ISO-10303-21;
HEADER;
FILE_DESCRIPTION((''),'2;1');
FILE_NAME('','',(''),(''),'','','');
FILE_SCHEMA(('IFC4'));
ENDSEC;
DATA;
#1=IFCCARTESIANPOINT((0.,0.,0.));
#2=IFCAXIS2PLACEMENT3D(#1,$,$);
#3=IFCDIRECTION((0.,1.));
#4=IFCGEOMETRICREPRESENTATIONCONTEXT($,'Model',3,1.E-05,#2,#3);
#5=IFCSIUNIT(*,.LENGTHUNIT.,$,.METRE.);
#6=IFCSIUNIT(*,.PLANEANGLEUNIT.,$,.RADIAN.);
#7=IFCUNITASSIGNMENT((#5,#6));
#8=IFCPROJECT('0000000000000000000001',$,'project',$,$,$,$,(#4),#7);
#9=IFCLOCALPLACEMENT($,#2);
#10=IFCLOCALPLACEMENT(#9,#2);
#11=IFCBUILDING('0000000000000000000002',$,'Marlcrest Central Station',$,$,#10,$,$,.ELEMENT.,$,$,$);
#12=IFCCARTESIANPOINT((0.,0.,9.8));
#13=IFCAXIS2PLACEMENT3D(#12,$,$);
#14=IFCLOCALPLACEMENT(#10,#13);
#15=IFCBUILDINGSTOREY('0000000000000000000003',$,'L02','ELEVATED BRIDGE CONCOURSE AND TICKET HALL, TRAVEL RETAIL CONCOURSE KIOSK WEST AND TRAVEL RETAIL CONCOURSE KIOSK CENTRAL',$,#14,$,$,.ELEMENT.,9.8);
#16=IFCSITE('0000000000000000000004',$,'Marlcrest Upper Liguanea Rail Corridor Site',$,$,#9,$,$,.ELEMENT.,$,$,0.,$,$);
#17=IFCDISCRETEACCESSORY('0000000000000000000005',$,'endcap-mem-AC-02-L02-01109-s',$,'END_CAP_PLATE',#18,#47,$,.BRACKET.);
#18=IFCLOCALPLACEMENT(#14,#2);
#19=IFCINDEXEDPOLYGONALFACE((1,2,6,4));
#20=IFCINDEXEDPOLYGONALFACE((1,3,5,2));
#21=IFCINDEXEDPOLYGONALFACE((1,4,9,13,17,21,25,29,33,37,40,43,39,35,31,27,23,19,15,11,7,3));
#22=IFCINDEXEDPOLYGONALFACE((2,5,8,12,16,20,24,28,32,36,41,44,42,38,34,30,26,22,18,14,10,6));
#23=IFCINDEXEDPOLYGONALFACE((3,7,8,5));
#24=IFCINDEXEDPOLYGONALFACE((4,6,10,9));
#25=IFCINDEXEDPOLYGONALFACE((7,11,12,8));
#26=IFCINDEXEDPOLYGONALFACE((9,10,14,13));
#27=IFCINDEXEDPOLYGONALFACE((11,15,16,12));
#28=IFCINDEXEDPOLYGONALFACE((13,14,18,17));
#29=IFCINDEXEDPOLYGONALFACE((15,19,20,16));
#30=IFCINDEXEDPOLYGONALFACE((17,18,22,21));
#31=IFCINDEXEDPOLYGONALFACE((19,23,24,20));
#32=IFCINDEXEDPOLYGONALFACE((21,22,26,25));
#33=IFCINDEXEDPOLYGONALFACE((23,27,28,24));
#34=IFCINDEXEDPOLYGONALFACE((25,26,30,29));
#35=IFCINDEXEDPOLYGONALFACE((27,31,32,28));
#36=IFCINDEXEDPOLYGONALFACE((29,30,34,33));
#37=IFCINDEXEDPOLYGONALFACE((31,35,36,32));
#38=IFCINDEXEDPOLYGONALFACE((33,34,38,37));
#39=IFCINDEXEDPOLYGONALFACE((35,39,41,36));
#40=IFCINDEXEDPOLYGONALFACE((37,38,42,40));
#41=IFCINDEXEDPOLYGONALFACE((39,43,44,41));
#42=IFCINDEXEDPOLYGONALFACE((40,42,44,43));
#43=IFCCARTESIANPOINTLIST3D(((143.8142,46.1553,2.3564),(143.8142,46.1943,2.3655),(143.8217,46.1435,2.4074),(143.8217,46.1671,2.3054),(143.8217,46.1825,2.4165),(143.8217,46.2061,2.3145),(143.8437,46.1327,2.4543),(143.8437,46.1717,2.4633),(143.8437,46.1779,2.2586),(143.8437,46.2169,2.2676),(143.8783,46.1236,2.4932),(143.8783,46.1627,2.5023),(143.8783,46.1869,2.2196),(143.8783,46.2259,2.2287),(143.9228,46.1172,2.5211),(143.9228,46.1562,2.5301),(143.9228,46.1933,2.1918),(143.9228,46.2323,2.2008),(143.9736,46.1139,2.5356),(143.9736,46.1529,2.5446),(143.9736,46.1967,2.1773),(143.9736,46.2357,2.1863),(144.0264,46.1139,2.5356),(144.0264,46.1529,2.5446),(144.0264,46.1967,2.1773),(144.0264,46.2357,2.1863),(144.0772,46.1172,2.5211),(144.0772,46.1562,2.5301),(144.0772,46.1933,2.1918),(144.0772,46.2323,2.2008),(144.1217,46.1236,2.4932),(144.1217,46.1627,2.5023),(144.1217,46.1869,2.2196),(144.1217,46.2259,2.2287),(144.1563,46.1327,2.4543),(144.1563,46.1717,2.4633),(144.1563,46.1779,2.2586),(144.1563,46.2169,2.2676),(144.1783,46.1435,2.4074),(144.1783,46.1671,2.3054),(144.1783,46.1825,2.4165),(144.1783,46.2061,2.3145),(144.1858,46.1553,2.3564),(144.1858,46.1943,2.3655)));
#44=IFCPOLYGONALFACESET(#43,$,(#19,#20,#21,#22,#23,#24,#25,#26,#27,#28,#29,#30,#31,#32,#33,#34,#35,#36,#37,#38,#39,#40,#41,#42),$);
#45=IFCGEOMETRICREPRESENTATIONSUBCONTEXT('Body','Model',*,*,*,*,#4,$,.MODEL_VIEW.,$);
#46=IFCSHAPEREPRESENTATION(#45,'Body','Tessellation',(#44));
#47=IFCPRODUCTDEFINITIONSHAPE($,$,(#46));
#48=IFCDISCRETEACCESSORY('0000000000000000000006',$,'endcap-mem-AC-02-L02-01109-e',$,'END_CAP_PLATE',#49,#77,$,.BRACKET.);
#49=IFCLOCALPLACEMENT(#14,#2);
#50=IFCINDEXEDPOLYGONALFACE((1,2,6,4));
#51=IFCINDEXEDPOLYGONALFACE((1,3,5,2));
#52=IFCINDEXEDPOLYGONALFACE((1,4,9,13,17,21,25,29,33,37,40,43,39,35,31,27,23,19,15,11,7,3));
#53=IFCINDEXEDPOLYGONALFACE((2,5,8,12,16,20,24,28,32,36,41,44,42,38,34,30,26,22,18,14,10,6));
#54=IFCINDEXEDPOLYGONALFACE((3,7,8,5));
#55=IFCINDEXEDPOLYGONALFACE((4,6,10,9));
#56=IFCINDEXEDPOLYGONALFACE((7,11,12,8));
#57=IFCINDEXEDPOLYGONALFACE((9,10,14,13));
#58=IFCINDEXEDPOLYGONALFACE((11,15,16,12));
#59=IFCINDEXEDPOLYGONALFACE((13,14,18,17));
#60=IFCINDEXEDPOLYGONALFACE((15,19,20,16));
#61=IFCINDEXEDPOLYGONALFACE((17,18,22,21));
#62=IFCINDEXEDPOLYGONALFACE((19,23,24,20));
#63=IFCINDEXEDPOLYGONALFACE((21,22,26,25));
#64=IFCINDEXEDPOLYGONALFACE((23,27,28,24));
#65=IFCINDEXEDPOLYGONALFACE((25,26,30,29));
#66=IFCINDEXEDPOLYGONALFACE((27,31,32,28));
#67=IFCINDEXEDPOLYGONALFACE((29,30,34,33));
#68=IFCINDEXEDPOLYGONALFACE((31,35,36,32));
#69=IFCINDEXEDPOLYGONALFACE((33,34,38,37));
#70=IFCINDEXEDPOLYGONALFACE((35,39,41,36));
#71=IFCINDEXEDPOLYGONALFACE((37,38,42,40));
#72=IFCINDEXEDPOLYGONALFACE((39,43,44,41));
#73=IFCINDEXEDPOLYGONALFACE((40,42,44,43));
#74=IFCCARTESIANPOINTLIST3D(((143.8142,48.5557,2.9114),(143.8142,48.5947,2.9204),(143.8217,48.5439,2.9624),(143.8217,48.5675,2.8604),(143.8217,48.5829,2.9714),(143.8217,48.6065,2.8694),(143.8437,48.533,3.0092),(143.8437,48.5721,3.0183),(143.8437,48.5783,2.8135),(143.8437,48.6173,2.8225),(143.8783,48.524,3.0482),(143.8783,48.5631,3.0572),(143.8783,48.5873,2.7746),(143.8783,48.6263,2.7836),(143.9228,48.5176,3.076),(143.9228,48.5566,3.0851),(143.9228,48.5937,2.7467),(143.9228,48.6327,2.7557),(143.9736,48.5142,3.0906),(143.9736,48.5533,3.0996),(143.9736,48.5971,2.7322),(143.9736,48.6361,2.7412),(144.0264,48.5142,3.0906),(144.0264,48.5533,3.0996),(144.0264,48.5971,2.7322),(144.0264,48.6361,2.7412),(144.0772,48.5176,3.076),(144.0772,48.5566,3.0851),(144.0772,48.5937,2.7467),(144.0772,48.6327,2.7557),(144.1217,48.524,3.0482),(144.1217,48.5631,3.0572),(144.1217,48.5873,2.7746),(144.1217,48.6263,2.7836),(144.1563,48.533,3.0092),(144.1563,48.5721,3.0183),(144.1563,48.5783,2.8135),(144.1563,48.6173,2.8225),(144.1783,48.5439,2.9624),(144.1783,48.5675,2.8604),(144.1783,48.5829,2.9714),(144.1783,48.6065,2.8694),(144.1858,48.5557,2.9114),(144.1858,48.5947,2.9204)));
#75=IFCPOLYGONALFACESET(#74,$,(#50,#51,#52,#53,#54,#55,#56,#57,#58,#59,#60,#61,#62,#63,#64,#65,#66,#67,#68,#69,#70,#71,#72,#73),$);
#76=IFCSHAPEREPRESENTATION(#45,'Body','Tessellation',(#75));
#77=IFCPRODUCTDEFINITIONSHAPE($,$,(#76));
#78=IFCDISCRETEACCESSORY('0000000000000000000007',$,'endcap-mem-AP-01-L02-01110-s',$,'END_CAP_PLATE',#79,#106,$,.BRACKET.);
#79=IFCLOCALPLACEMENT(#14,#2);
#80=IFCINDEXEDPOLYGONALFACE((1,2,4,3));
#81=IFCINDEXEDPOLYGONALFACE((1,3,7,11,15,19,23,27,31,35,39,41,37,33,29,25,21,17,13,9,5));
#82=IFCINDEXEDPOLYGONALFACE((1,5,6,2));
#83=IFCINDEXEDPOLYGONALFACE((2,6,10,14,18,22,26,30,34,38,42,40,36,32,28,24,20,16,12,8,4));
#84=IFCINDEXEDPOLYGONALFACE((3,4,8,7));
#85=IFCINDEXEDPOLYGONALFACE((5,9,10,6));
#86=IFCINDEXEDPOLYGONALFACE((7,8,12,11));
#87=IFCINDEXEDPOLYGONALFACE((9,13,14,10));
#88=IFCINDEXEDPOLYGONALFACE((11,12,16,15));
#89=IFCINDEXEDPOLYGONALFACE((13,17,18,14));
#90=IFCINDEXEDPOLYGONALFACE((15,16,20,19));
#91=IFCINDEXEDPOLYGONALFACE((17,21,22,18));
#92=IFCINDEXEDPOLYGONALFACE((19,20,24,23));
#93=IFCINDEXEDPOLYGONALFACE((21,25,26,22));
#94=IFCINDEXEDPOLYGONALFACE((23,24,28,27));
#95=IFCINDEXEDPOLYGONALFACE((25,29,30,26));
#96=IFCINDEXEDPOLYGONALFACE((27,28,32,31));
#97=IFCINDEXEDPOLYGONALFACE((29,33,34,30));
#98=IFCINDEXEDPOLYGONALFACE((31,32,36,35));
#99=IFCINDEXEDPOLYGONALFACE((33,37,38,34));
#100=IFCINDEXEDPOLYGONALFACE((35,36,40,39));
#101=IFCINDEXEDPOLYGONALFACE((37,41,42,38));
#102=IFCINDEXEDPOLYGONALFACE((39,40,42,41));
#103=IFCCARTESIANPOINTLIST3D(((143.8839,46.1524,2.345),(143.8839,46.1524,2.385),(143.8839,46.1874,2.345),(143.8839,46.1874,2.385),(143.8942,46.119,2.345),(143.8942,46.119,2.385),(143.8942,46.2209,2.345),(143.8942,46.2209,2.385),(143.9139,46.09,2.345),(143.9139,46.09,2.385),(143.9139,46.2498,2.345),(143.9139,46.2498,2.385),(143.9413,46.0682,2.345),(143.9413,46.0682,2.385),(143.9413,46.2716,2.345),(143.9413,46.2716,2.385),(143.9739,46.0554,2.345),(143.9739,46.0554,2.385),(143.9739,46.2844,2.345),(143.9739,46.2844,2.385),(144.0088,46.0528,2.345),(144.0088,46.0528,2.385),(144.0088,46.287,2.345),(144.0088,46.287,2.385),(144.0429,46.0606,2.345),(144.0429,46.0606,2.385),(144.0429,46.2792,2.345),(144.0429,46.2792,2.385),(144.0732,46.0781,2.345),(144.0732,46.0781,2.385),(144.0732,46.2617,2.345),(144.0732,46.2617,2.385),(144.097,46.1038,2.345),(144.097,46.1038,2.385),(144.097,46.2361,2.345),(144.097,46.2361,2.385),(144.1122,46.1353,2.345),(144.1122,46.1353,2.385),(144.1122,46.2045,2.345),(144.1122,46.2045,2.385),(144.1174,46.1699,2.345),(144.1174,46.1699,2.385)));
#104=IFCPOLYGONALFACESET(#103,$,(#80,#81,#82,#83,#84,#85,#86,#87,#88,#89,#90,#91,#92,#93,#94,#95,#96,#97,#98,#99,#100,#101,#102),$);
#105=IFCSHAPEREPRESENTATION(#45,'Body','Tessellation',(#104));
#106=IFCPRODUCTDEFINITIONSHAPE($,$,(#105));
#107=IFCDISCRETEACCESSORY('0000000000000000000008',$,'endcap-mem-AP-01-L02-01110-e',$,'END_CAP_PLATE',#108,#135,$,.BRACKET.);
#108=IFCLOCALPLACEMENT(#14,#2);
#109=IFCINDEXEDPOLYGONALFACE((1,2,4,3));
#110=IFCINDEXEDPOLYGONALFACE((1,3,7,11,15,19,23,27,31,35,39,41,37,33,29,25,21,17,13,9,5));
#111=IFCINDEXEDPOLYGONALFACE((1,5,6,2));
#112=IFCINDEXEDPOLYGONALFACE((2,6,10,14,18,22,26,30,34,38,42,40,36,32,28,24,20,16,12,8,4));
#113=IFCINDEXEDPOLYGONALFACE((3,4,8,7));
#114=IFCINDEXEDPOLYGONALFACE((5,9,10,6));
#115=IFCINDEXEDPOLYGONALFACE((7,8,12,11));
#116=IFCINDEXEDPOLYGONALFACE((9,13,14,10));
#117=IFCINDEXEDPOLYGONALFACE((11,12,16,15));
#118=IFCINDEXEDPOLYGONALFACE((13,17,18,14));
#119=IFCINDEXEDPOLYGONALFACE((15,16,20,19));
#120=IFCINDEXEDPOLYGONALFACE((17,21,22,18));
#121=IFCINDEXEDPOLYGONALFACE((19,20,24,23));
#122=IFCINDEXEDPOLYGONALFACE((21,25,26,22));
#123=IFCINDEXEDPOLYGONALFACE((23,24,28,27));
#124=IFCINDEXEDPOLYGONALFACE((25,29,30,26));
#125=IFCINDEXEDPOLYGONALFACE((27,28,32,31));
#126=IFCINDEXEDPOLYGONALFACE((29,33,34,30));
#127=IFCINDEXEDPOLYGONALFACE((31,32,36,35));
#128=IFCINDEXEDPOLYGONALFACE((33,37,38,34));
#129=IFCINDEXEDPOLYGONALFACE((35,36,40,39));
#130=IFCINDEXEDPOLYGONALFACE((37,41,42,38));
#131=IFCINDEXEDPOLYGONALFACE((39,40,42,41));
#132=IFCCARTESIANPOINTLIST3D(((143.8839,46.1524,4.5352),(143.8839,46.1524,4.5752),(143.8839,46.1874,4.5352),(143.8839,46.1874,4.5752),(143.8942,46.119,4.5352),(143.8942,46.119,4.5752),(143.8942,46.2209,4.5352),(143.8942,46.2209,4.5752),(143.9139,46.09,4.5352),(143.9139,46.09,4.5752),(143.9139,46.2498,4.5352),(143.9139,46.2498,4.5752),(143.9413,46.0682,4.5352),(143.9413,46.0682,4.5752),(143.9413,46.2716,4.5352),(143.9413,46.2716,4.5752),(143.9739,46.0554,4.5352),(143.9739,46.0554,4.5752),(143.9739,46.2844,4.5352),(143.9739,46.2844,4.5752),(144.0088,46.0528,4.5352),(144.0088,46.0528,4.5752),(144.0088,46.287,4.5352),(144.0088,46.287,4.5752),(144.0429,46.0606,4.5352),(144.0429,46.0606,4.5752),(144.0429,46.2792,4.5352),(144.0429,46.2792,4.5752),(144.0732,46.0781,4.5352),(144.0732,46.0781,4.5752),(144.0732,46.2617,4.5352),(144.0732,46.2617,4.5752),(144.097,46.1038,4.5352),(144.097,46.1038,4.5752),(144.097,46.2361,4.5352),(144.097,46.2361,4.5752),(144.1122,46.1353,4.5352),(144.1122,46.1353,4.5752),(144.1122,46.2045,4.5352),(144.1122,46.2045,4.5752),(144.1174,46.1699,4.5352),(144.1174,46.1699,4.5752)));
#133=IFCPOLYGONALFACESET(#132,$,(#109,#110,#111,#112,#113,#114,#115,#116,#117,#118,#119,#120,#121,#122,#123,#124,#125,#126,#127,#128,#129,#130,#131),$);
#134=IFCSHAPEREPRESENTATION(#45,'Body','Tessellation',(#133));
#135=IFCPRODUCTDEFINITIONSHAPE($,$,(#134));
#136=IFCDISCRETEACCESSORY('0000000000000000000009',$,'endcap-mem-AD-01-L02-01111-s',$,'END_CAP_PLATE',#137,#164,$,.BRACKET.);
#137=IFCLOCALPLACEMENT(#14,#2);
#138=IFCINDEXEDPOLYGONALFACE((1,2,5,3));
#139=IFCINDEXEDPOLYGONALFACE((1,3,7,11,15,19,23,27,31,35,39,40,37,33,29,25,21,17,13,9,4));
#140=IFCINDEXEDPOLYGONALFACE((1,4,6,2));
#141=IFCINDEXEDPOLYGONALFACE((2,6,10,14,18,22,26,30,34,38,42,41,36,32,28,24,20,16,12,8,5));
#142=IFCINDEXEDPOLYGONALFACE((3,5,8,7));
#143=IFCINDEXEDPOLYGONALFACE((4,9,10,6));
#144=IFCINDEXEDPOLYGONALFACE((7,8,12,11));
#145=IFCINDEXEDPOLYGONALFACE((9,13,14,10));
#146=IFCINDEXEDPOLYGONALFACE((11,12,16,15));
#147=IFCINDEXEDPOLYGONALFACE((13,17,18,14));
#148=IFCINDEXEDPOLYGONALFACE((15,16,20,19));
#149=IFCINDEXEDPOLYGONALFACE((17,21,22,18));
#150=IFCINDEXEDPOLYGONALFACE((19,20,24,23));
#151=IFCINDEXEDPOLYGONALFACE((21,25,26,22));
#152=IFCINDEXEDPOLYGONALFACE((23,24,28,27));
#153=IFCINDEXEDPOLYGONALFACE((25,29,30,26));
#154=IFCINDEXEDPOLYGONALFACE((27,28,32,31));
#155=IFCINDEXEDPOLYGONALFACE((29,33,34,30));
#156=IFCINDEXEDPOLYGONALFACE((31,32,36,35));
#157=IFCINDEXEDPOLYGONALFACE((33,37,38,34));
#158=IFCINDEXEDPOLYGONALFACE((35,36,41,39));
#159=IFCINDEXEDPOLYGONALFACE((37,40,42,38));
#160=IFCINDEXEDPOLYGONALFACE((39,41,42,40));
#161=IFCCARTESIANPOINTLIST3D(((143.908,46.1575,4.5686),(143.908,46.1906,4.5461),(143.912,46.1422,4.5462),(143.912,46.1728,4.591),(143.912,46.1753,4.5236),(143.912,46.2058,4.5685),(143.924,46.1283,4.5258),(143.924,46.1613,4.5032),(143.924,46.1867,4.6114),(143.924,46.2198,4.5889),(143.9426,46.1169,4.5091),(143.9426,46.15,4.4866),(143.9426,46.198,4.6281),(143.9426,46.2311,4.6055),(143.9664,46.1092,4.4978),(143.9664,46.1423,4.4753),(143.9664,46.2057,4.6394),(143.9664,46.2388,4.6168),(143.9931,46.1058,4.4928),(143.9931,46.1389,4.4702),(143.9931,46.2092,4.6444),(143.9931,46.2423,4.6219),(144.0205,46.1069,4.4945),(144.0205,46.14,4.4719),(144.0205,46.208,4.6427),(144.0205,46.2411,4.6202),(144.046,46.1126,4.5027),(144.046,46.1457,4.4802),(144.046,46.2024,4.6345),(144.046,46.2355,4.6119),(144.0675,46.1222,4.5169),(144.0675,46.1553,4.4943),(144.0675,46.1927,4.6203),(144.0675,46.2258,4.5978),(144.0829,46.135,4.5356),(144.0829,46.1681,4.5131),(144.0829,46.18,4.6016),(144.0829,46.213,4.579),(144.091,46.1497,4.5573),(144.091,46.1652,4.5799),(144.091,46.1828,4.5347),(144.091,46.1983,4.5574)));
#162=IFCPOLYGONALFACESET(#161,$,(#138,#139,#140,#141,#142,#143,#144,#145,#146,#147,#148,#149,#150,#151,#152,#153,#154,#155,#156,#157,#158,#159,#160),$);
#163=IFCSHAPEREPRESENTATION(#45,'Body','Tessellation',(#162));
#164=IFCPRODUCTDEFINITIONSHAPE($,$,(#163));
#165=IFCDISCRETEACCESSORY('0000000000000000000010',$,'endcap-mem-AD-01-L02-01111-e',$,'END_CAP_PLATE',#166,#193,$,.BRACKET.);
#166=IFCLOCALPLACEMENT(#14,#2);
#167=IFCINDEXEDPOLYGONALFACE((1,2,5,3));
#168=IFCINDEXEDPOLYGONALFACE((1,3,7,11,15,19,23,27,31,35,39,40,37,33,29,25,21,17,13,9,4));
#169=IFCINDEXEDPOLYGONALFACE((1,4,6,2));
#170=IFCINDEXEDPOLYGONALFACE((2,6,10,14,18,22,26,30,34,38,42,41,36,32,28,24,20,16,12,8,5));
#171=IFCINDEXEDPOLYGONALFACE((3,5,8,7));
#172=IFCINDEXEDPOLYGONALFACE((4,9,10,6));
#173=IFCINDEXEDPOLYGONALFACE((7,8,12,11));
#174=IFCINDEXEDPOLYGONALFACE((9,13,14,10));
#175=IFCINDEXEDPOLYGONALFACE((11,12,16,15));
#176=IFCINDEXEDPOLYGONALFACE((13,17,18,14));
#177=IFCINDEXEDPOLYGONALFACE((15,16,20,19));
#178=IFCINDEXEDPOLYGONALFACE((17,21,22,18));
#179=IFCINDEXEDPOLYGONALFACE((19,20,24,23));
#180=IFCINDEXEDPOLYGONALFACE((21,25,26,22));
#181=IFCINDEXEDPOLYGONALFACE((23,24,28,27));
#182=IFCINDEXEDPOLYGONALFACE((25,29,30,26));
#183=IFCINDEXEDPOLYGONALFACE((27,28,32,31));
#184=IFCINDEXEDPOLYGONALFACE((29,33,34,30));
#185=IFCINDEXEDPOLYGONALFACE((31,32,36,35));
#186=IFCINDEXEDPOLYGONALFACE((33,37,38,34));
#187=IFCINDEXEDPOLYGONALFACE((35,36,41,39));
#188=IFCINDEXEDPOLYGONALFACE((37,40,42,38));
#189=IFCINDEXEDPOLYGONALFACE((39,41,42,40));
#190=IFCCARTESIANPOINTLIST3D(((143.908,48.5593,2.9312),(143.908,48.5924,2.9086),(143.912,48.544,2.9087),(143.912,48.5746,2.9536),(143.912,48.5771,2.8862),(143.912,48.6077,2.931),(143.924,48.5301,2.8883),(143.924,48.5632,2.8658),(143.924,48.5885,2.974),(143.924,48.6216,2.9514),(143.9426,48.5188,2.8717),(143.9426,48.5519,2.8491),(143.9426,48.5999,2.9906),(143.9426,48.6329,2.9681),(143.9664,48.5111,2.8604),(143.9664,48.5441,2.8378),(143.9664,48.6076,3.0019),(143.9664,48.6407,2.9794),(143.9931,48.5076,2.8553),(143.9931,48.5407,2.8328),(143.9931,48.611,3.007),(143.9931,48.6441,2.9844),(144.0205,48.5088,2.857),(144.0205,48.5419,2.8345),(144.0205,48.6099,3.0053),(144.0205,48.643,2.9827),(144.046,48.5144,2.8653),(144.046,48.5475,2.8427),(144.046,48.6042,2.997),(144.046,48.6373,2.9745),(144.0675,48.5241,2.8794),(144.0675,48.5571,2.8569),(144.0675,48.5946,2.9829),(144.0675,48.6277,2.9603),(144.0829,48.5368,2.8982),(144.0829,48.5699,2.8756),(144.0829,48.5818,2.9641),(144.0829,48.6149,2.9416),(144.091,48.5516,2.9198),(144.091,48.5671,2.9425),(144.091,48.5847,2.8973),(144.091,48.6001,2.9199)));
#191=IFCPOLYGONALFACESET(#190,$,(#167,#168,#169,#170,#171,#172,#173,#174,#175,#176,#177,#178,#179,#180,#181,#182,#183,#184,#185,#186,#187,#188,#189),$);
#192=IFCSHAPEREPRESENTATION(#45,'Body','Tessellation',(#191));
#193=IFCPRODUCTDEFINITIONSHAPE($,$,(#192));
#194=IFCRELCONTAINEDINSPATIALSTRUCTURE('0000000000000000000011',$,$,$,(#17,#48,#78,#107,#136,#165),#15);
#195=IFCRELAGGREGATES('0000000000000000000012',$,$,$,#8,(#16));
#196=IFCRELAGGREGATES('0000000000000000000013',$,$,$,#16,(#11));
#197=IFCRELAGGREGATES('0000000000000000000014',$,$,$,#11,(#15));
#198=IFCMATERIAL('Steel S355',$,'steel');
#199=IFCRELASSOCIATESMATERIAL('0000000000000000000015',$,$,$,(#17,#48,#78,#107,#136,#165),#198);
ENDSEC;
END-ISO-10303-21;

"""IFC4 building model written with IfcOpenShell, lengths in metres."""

from ifc_helpers import new_model, si_unit, direction, frame, origin, origin_2d, place, context, subcontext, project, spatial, circle, extrude, material, element, save


model = new_model("IFC4")

# Units and contexts
model_context = context("Model", 3, precision=1e-05, world=origin(), true_north=direction((0.0, 1.0)))
body_context = subcontext(model_context, "Body", "Model", "MODEL_VIEW")
ifc_project = project(units=[si_unit("LENGTHUNIT", "METRE"), si_unit("PLANEANGLEUNIT", "RADIAN")], contexts=[model_context])

# Site, building, storey
site_placement = place(None, origin())
site = spatial("IfcSite", under=ifc_project, at=site_placement, Name="Marlcrest Upper Liguanea Rail Corridor Site", CompositionType="ELEMENT", RefElevation=0.0)
building_placement = place(site_placement, origin())
building = spatial("IfcBuilding", under=site, at=building_placement, Name="Marlcrest Central Station", CompositionType="ELEMENT")
storey_placement = place(building_placement, frame((0.0, 0.0, 9.8)))
storey = spatial("IfcBuildingStorey", under=building, at=storey_placement, Name="L02", Description="ELEVATED BRIDGE CONCOURSE AND TICKET HALL, TRAVEL RETAIL CONCOURSE KIOSK WEST AND TRAVEL RETAIL CONCOURSE KIOSK CENTRAL", CompositionType="ELEMENT", Elevation=9.8)

# Shared definitions
ifc_material_1 = material(Name="Steel S355", Category="steel")

# Discrete accessories
for number, where, z_axis, x_axis, name in (
    (1, (144.0, 46.1553, 2.3564), (0.0, 0.974308, 0.22522), (-1.0, 0.0, 0.0), "endcap-mem-AC-02-L02-01109-s"),
    (2, (144.0, 48.5557, 2.9114), (0.0, 0.974308, 0.22522), (-1.0, 0.0, 0.0), "endcap-mem-AC-02-L02-01109-e"),
):
    element("IfcDiscreteAccessory", number, at=place(storey_placement, frame(where, z_axis=z_axis, x_axis=x_axis)), inside=storey, material=ifc_material_1, Name=name, ObjectType="END_CAP_PLATE", PredefinedType="BRACKET", context=body_context, shape_type="SweptSolid", body=[
        extrude(circle(Radius=0.1858, at=origin_2d()), origin(), (0.0, 0.0, 1.0), 0.04),
    ])
for number, where, z_axis, x_axis, name in (
    (3, (144.0, 46.1699, 2.345), (0.0, 0.0, 1.0), (1.0, 0.0, 0.0), "endcap-mem-AP-01-L02-01110-s"),
    (4, (144.0, 46.1699, 4.5352), (0.0, 0.0, 1.0), (1.0, 0.0, 0.0), "endcap-mem-AP-01-L02-01110-e"),
):
    element("IfcDiscreteAccessory", number, at=place(storey_placement, frame(where, z_axis=z_axis, x_axis=x_axis)), inside=storey, material=ifc_material_1, Name=name, ObjectType="END_CAP_PLATE", PredefinedType="BRACKET", context=body_context, shape_type="SweptSolid", body=[
        extrude(circle(Radius=0.1174, at=origin_2d()), origin(), (0.0, 0.0, 1.0), 0.04),
    ])
for number, where, z_axis, x_axis, name in (
    (5, (144.0, 46.1575, 4.5686), (0.0, 0.826263, -0.563285), (-1.0, 0.0, 0.0), "endcap-mem-AD-01-L02-01111-s"),
    (6, (144.0, 48.5593, 2.9312), (0.0, 0.826263, -0.563285), (-1.0, 0.0, 0.0), "endcap-mem-AD-01-L02-01111-e"),
):
    element("IfcDiscreteAccessory", number, at=place(storey_placement, frame(where, z_axis=z_axis, x_axis=x_axis)), inside=storey, material=ifc_material_1, Name=name, ObjectType="END_CAP_PLATE", PredefinedType="BRACKET", context=body_context, shape_type="SweptSolid", body=[
        extrude(circle(Radius=0.092, at=origin_2d()), origin(), (0.0, 0.0, 1.0), 0.04),
    ])

save(model, "model.ifc")
